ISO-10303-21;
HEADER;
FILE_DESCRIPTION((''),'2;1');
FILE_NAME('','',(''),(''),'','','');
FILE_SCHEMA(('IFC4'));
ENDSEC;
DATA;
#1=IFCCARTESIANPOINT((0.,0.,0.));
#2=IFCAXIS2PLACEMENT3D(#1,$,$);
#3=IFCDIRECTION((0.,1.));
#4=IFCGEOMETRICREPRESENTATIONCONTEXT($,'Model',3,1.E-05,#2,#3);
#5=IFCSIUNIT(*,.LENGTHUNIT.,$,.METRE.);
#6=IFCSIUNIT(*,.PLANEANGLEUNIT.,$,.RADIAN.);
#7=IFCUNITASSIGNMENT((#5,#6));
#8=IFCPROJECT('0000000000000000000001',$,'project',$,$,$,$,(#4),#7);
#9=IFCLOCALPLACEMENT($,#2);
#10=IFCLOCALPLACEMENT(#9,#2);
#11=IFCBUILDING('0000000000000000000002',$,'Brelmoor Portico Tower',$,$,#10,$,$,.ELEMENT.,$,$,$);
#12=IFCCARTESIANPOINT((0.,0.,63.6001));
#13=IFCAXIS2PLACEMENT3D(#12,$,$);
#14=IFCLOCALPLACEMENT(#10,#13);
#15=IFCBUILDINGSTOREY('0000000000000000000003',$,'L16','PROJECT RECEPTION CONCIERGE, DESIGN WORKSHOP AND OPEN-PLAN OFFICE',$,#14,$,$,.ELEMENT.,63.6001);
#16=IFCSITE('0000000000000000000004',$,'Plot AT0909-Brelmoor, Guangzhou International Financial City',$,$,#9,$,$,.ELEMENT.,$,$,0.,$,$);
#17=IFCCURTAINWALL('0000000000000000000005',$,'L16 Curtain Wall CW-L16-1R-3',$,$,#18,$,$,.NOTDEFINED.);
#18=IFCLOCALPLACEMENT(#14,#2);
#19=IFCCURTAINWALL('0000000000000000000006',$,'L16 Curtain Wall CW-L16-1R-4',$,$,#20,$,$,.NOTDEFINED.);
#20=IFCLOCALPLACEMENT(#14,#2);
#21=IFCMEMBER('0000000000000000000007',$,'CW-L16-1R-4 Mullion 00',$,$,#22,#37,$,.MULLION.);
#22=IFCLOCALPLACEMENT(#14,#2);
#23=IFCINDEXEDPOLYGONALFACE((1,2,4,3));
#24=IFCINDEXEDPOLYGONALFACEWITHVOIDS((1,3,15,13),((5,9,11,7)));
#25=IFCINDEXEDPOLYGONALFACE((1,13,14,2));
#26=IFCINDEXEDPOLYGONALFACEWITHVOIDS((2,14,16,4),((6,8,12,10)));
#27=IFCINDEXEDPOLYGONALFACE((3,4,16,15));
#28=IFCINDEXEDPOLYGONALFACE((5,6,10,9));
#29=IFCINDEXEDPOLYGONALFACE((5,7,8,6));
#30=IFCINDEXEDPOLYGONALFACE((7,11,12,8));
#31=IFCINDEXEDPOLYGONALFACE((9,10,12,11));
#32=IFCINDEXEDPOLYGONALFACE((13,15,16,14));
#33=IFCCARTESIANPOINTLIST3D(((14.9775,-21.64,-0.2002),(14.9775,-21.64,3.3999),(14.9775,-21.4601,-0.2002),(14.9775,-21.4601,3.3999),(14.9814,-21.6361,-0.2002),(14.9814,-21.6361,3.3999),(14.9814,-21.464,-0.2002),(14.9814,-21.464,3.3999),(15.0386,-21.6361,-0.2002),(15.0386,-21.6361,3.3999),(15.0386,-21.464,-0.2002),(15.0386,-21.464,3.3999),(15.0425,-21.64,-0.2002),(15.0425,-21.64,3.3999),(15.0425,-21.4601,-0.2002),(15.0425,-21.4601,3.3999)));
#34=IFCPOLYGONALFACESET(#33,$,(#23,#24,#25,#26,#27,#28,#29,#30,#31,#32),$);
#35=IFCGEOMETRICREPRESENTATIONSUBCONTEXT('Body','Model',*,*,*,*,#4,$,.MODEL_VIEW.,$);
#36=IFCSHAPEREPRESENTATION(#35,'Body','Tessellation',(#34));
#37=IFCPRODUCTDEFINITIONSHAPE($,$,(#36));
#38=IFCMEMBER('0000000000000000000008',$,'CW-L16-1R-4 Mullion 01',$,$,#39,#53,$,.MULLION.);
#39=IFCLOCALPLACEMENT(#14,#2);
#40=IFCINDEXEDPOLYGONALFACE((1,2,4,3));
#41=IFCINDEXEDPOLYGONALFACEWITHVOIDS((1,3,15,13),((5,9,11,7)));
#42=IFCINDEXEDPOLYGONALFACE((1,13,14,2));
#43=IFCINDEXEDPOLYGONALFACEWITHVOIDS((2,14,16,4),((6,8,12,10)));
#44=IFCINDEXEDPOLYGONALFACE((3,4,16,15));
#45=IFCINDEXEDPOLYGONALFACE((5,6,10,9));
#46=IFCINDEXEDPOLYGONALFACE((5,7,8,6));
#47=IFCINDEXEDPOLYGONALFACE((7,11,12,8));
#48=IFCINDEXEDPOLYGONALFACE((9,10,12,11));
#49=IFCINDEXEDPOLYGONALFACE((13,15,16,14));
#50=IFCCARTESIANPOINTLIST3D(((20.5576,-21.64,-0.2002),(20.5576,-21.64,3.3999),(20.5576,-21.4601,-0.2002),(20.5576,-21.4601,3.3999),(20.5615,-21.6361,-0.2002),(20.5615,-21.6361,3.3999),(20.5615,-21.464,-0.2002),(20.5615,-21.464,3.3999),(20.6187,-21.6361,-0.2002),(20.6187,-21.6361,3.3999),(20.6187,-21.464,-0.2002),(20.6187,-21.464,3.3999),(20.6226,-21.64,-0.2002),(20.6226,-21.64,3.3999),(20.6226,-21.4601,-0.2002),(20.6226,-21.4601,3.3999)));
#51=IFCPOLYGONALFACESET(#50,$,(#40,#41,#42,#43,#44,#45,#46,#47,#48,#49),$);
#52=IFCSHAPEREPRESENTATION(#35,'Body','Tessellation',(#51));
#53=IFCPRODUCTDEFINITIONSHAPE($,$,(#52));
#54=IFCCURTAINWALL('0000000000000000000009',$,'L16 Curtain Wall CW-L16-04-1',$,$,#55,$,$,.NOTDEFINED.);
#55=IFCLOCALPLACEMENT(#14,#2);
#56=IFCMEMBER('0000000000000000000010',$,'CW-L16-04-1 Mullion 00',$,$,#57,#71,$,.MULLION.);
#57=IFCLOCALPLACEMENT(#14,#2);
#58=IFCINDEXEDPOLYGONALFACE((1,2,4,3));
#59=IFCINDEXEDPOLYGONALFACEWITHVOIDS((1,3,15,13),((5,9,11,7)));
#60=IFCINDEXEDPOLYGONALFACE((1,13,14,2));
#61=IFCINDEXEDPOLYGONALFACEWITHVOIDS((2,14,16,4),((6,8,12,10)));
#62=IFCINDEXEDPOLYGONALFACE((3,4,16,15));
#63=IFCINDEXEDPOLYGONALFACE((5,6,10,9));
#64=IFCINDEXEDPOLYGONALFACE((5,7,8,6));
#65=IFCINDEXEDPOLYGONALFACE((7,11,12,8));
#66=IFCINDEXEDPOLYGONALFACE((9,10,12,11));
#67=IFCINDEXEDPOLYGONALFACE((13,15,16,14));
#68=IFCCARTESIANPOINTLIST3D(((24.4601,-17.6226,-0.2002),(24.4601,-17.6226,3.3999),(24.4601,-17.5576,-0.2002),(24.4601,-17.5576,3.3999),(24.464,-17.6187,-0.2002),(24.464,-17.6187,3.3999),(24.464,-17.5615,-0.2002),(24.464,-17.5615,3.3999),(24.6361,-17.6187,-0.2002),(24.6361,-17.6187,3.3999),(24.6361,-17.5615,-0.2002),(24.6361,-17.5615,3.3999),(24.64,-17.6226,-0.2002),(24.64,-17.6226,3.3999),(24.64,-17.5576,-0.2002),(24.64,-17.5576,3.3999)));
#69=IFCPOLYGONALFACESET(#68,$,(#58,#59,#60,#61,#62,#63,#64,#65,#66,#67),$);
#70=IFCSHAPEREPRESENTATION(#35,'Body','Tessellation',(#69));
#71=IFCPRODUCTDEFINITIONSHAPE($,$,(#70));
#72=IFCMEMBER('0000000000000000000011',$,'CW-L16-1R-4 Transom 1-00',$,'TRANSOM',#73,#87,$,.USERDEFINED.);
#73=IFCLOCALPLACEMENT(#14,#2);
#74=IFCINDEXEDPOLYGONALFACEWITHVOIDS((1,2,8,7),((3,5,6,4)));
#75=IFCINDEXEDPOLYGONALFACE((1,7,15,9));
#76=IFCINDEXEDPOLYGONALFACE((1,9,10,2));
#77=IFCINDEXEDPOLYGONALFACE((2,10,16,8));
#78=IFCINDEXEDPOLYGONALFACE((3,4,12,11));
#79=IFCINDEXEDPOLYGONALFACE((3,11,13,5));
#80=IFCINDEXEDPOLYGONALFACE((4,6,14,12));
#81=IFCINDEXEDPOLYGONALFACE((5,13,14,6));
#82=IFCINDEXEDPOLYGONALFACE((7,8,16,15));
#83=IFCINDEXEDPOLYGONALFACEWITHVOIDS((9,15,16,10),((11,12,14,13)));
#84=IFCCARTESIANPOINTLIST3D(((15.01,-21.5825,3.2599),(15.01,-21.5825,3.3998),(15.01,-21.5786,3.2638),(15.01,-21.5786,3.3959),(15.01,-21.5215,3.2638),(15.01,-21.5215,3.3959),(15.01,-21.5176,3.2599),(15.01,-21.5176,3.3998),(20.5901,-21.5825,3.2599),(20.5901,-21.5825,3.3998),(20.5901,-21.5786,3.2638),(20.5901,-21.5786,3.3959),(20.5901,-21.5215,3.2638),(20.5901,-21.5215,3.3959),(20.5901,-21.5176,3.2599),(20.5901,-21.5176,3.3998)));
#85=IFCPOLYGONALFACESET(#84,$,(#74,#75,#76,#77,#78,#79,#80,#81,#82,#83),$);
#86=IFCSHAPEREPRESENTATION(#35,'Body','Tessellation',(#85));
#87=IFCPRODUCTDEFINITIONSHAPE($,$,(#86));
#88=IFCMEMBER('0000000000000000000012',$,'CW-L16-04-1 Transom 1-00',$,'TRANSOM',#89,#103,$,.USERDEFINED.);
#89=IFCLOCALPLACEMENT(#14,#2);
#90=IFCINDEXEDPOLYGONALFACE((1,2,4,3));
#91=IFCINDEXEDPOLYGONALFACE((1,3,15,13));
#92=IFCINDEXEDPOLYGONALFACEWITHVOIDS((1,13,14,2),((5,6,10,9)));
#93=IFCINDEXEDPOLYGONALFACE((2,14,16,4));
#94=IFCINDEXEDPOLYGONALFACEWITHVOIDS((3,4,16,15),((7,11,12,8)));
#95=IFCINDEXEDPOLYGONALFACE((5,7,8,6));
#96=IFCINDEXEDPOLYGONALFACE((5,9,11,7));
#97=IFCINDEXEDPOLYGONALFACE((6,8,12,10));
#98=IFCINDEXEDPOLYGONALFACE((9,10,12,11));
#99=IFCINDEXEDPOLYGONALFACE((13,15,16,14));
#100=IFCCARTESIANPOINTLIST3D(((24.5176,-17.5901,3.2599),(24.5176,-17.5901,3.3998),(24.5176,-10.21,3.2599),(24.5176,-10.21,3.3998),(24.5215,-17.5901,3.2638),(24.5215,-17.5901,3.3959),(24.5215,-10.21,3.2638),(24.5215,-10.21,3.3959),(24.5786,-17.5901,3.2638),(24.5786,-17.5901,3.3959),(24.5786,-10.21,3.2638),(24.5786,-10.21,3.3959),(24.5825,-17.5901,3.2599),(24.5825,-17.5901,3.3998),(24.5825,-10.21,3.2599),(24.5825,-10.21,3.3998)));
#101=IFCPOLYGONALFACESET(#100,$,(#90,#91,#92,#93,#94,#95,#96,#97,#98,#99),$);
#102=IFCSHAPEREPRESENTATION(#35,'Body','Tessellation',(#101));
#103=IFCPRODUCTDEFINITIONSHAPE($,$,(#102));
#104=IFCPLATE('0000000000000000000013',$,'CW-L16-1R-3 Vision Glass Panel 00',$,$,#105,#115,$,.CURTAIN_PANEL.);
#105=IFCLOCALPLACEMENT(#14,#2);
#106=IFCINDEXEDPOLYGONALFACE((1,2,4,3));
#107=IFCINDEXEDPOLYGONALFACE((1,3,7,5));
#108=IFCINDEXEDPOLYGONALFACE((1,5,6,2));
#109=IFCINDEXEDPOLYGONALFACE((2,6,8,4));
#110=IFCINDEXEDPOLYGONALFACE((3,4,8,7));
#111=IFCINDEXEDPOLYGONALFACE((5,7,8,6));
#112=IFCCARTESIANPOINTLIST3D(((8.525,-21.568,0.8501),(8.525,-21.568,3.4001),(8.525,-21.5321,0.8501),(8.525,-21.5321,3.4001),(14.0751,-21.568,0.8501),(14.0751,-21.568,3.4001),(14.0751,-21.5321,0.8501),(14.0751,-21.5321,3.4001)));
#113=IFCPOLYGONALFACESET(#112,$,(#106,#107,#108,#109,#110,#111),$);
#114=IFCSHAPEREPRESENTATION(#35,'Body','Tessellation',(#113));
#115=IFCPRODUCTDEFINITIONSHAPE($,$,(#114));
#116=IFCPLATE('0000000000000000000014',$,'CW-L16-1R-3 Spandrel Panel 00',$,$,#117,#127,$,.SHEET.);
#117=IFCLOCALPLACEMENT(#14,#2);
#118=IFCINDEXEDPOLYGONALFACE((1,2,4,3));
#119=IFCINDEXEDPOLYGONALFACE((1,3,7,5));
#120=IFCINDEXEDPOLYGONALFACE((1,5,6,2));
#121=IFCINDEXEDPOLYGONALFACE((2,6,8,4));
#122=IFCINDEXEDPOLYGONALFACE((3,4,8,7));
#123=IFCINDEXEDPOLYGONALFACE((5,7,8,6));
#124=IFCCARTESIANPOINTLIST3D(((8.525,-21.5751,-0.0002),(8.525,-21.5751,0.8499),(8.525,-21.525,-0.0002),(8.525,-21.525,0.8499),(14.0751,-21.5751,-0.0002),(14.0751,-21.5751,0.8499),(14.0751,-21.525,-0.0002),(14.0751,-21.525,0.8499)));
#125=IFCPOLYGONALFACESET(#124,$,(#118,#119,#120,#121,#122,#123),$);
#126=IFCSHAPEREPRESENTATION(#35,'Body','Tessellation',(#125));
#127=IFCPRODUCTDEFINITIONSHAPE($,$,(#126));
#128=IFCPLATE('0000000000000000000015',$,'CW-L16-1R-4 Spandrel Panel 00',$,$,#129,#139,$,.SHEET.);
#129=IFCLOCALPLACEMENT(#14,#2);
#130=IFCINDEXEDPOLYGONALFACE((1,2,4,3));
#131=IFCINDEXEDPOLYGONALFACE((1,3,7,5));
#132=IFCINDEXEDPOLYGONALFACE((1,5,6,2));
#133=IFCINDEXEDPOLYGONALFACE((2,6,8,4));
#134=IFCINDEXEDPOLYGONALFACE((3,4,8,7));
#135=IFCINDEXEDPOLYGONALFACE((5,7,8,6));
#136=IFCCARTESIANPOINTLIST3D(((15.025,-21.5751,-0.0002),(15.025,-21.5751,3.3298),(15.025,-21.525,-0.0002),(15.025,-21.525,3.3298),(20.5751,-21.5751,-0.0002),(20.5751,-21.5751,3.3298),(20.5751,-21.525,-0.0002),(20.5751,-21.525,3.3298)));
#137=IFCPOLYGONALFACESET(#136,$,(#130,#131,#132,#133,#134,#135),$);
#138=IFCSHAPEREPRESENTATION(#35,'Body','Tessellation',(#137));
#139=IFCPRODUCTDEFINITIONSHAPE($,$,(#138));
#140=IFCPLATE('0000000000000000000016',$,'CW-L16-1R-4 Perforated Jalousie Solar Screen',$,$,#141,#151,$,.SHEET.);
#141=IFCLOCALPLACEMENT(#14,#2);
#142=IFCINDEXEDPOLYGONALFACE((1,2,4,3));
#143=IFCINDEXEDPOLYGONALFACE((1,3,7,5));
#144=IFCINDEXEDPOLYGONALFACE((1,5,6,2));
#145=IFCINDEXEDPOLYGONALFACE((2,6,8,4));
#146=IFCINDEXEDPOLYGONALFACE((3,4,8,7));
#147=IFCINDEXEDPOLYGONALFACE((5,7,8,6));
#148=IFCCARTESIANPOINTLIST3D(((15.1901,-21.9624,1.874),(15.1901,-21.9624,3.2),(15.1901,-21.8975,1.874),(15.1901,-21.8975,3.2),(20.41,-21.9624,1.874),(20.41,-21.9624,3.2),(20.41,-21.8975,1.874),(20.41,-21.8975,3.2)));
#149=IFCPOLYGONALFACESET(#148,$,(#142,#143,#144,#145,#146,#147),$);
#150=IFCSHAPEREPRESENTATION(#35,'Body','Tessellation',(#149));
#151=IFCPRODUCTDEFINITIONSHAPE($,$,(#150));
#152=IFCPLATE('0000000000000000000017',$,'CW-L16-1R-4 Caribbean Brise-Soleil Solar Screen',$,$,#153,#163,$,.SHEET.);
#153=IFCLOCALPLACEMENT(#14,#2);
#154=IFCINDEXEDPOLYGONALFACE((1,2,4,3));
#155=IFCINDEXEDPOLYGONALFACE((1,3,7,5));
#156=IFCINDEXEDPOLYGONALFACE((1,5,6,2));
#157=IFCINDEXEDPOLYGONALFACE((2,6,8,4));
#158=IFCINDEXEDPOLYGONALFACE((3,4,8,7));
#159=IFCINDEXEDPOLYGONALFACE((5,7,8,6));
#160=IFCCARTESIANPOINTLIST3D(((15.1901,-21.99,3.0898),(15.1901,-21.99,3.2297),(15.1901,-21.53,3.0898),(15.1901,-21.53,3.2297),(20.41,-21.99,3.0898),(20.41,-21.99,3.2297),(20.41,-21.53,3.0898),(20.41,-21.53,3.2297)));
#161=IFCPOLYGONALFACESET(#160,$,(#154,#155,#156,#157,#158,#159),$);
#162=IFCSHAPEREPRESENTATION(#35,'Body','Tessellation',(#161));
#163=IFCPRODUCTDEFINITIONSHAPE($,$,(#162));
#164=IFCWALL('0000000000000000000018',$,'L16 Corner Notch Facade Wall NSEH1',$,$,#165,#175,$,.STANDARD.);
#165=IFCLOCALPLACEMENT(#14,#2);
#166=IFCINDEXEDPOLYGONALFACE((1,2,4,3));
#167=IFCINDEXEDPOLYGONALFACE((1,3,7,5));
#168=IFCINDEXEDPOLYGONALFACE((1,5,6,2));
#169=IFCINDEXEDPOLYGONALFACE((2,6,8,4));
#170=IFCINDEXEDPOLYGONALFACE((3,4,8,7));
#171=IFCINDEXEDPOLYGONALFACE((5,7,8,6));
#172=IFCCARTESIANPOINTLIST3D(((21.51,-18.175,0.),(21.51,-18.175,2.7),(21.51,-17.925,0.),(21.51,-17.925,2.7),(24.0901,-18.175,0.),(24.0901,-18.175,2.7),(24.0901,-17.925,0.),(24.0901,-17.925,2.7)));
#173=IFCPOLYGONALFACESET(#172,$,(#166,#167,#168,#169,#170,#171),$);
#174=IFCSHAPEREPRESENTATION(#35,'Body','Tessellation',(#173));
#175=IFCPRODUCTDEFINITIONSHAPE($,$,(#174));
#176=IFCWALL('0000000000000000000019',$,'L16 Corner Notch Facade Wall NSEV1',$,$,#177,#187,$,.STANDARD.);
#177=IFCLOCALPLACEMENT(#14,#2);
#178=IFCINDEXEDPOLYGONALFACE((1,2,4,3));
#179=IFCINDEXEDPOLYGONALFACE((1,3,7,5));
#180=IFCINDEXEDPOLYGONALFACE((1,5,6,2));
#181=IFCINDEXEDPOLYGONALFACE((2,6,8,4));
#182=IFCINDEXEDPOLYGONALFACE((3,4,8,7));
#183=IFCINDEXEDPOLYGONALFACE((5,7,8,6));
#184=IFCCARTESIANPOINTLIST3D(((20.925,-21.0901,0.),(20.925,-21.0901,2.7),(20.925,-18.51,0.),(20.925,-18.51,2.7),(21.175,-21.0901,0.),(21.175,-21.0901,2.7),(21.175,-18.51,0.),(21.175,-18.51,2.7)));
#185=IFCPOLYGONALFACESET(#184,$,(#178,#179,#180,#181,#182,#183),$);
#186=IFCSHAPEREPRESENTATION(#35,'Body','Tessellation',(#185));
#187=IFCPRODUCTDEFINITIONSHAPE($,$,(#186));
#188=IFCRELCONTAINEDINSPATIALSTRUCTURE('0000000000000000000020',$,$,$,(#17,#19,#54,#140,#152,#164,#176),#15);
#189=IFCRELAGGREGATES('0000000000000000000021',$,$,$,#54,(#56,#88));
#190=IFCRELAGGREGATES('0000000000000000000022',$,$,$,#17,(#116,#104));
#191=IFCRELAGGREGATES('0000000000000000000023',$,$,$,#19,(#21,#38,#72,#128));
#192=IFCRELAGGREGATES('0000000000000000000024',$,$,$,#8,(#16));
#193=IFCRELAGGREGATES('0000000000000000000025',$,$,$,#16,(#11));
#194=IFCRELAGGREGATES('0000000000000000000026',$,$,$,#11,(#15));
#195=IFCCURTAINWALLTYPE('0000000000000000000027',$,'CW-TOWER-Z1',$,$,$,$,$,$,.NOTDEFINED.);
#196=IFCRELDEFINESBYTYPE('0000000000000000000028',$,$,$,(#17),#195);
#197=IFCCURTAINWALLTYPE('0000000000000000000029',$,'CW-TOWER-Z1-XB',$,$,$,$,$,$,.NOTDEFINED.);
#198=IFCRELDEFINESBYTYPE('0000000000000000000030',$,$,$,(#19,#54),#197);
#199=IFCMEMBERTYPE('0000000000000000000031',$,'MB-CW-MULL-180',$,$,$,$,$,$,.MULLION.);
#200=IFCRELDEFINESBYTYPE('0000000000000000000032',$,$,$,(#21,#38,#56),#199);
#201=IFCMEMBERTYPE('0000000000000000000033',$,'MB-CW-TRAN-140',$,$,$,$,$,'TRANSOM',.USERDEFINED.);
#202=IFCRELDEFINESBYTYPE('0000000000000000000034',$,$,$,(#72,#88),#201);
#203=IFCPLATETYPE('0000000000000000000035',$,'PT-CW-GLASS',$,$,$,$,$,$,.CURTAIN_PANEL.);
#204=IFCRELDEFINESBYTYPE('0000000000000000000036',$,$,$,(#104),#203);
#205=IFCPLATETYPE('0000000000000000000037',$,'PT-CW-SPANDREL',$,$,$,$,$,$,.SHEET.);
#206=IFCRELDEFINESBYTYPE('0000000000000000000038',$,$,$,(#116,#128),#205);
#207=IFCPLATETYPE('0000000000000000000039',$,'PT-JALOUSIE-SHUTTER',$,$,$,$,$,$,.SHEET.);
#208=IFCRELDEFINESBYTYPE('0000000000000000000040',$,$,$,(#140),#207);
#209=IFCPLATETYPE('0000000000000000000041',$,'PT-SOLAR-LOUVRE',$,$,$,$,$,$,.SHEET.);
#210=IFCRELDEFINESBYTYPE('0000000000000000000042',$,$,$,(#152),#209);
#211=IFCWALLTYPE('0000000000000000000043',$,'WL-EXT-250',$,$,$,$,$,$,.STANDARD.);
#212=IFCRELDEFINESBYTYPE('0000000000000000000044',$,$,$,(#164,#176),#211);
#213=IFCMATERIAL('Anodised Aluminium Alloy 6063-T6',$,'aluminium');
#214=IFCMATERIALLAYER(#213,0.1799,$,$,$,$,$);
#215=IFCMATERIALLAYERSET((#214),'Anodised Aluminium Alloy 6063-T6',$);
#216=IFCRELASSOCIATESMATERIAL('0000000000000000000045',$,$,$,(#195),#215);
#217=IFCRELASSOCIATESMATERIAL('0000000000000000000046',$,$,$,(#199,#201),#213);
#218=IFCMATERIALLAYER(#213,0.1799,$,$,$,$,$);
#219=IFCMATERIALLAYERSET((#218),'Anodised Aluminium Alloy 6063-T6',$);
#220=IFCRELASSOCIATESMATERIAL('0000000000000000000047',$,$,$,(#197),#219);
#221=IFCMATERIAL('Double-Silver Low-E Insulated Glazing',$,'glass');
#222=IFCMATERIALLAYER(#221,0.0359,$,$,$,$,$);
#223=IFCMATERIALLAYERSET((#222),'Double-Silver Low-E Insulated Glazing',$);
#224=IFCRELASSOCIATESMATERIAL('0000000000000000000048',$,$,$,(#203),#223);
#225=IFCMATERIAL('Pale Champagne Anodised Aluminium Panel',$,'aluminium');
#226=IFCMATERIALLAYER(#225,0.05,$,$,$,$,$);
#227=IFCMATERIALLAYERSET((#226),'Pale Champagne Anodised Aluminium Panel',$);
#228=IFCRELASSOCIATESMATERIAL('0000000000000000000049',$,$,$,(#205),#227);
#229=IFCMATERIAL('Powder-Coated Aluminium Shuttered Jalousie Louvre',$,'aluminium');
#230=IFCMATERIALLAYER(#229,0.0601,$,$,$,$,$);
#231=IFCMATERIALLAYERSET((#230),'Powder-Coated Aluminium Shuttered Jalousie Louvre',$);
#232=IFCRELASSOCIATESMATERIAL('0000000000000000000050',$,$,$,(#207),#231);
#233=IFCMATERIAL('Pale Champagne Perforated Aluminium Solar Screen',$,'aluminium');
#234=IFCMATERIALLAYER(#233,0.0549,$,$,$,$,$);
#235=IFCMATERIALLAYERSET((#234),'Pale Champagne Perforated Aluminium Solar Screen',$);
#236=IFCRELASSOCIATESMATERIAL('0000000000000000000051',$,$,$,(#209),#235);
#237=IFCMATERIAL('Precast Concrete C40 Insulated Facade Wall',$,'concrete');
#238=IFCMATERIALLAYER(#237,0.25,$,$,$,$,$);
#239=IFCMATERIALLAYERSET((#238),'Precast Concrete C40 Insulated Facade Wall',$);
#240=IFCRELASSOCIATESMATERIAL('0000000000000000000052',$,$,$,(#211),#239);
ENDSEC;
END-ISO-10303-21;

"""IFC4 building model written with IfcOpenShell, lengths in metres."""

from ifc_helpers import new_model, si_unit, direction, frame, frame_2d, origin, origin_2d, place, context, subcontext, project, spatial, rectangle, hollow_rectangle, extrude, material, layer, layer_set, material_profile, profile_set, type_object, element, aggregate, save


model = new_model("IFC4")

# Units and contexts
model_context = context("Model", 3, precision=1e-05, world=origin(), true_north=direction((0.0, 1.0)))
body_context = subcontext(model_context, "Body", "Model", "MODEL_VIEW")
ifc_project = project(units=[si_unit("LENGTHUNIT", "METRE"), si_unit("PLANEANGLEUNIT", "RADIAN")], contexts=[model_context])

# Site, building, storey
site_placement = place(None, origin())
site = spatial("IfcSite", under=ifc_project, at=site_placement, Name="Plot AT0909-Brelmoor, Guangzhou International Financial City", CompositionType="ELEMENT", RefElevation=0.0)
building_placement = place(site_placement, origin())
building = spatial("IfcBuilding", under=site, at=building_placement, Name="Brelmoor Portico Tower", CompositionType="ELEMENT")
storey_placement = place(building_placement, frame((0.0, 0.0, 63.6001)))
storey = spatial("IfcBuildingStorey", under=building, at=storey_placement, Name="L16", Description="PROJECT RECEPTION CONCIERGE, DESIGN WORKSHOP AND OPEN-PLAN OFFICE", CompositionType="ELEMENT", Elevation=63.6001)

# Curtain wall
ifc_material_1 = material(Name="Anodised Aluminium Alloy 6063-T6", Category="aluminium")
ifc_layer_1 = layer(ifc_material_1, 0.1799)
ifc_layer_set_1 = layer_set([ifc_layer_1], Name="Anodised Aluminium Alloy 6063-T6")
curtain_wall_type_1 = type_object("IfcCurtainWallType", Name="CW-TOWER-Z1", PredefinedType="NOTDEFINED", material=ifc_layer_set_1)
curtain_wall_1_placement = place(storey_placement, origin())
curtain_wall_1 = element("IfcCurtainWall", 1, at=curtain_wall_1_placement, inside=storey, type_object=curtain_wall_type_1, Name="L16 Curtain Wall CW-L16-1R-3", PredefinedType="NOTDEFINED")
ifc_material_profile_1 = material_profile(ifc_material_1, hollow_rectangle(XDim=0.0649, YDim=0.1799, WallThickness=0.0039, at=origin_2d()), Name="ALU MULLION 65x180")
ifc_profile_set_1 = profile_set([ifc_material_profile_1], Name="Anodised Aluminium Alloy 6063-T6")
member_type_1 = type_object("IfcMemberType", Name="MB-CW-MULL-180", PredefinedType="MULLION", material=ifc_profile_set_1)

# Curtain wall, members
ifc_layer_2 = layer(ifc_material_1, 0.1799)
ifc_layer_set_2 = layer_set([ifc_layer_2], Name="Anodised Aluminium Alloy 6063-T6")
curtain_wall_type_2 = type_object("IfcCurtainWallType", Name="CW-TOWER-Z1-XB", PredefinedType="NOTDEFINED", material=ifc_layer_set_2)
curtain_wall_2_placement = place(storey_placement, origin())
curtain_wall_2 = element("IfcCurtainWall", 2, at=curtain_wall_2_placement, inside=storey, type_object=curtain_wall_type_2, Name="L16 Curtain Wall CW-L16-1R-4", PredefinedType="NOTDEFINED")
member_1_placement = place(storey_placement, frame((15.01, -21.55, -0.2002), z_axis=(0.0, 0.0, 1.0), x_axis=(1.0, 0.0, 0.0)))
member_1 = element("IfcMember", 3, at=member_1_placement, type_object=member_type_1, Name="CW-L16-1R-4 Mullion 00", PredefinedType="MULLION", context=body_context, shape_type="SweptSolid", body=[
    extrude(hollow_rectangle(XDim=0.0649, YDim=0.1799, WallThickness=0.0039, at=origin_2d()), origin(), (0.0, 0.0, 1.0), 3.6001),
])
member_2_placement = place(storey_placement, frame((20.5901, -21.55, -0.2002), z_axis=(0.0, 0.0, 1.0), x_axis=(1.0, 0.0, 0.0)))
member_2 = element("IfcMember", 4, at=member_2_placement, type_object=member_type_1, Name="CW-L16-1R-4 Mullion 01", PredefinedType="MULLION", context=body_context, shape_type="SweptSolid", body=[
    extrude(hollow_rectangle(XDim=0.0649, YDim=0.1799, WallThickness=0.0039, at=origin_2d()), origin(), (0.0, 0.0, 1.0), 3.6001),
])

# Curtain wall, member
curtain_wall_3_placement = place(storey_placement, origin())
curtain_wall_3 = element("IfcCurtainWall", 5, at=curtain_wall_3_placement, inside=storey, type_object=curtain_wall_type_2, Name="L16 Curtain Wall CW-L16-04-1", PredefinedType="NOTDEFINED")
member_3_placement = place(storey_placement, frame((24.55, -17.5901, -0.2002), z_axis=(0.0, 0.0, 1.0), x_axis=(0.0, 1.0, 0.0)))
member_3 = element("IfcMember", 6, at=member_3_placement, type_object=member_type_1, Name="CW-L16-04-1 Mullion 00", PredefinedType="MULLION", context=body_context, shape_type="SweptSolid", body=[
    extrude(hollow_rectangle(XDim=0.0649, YDim=0.1799, WallThickness=0.0039, at=origin_2d()), origin(), (0.0, 0.0, 1.0), 3.6001),
])

# Members
ifc_material_profile_2 = material_profile(ifc_material_1, hollow_rectangle(XDim=0.0649, YDim=0.1399, WallThickness=0.0039, at=origin_2d()), Name="ALU TRANSOM 65x140")
ifc_profile_set_2 = profile_set([ifc_material_profile_2], Name="Anodised Aluminium Alloy 6063-T6")
member_type_2 = type_object("IfcMemberType", Name="MB-CW-TRAN-140", ElementType="TRANSOM", PredefinedType="USERDEFINED", material=ifc_profile_set_2)
member_4_placement = place(storey_placement, frame((15.01, -21.55, 3.3298), z_axis=(1.0, 0.0, 0.0), x_axis=(0.0, 1.0, 0.0)))
member_4 = element("IfcMember", 7, at=member_4_placement, type_object=member_type_2, Name="CW-L16-1R-4 Transom 1-00", ObjectType="TRANSOM", PredefinedType="USERDEFINED", context=body_context, shape_type="SweptSolid", body=[
    extrude(hollow_rectangle(XDim=0.0649, YDim=0.1399, WallThickness=0.0039, at=origin_2d()), origin(), (0.0, 0.0, 1.0), 5.5801),
])
member_5_placement = place(storey_placement, frame((24.55, -17.5901, 3.3298), z_axis=(0.0, 1.0, 0.0), x_axis=(-1.0, 0.0, 0.0)))
member_5 = element("IfcMember", 8, at=member_5_placement, type_object=member_type_2, Name="CW-L16-04-1 Transom 1-00", ObjectType="TRANSOM", PredefinedType="USERDEFINED", context=body_context, shape_type="SweptSolid", body=[
    extrude(hollow_rectangle(XDim=0.0649, YDim=0.1399, WallThickness=0.0039, at=origin_2d()), origin(), (0.0, 0.0, 1.0), 7.3801),
])
aggregate(curtain_wall_3, [member_3, member_5])

# Plates
ifc_material_2 = material(Name="Double-Silver Low-E Insulated Glazing", Category="glass")
ifc_layer_3 = layer(ifc_material_2, 0.0359)
ifc_layer_set_3 = layer_set([ifc_layer_3], Name="Double-Silver Low-E Insulated Glazing")
plate_type_1 = type_object("IfcPlateType", Name="PT-CW-GLASS", PredefinedType="CURTAIN_PANEL", material=ifc_layer_set_3)
plate_1_placement = place(storey_placement, frame((11.3, -21.55, 0.8501), z_axis=(0.0, 0.0, 1.0), x_axis=(1.0, 0.0, 0.0)))
plate_1 = element("IfcPlate", 9, at=plate_1_placement, type_object=plate_type_1, Name="CW-L16-1R-3 Vision Glass Panel 00", PredefinedType="CURTAIN_PANEL", context=body_context, shape_type="SweptSolid", body=[
    extrude(rectangle(XDim=5.55, YDim=0.0359, at=origin_2d()), origin(), (0.0, 0.0, 1.0), 2.55),
])
ifc_material_3 = material(Name="Pale Champagne Anodised Aluminium Panel", Category="aluminium")
ifc_layer_4 = layer(ifc_material_3, 0.05)
ifc_layer_set_4 = layer_set([ifc_layer_4], Name="Pale Champagne Anodised Aluminium Panel")
plate_type_2 = type_object("IfcPlateType", Name="PT-CW-SPANDREL", PredefinedType="SHEET", material=ifc_layer_set_4)
plate_2_placement = place(storey_placement, frame((11.3, -21.55, -0.0002), z_axis=(0.0, 0.0, 1.0), x_axis=(1.0, 0.0, 0.0)))
plate_2 = element("IfcPlate", 10, at=plate_2_placement, type_object=plate_type_2, Name="CW-L16-1R-3 Spandrel Panel 00", PredefinedType="SHEET", context=body_context, shape_type="SweptSolid", body=[
    extrude(rectangle(XDim=5.55, YDim=0.05, at=origin_2d()), origin(), (0.0, 0.0, 1.0), 0.8501),
])
aggregate(curtain_wall_1, [plate_2, plate_1])
plate_3_placement = place(storey_placement, frame((17.8, -21.55, -0.0002), z_axis=(0.0, 0.0, 1.0), x_axis=(1.0, 0.0, 0.0)))
plate_3 = element("IfcPlate", 11, at=plate_3_placement, type_object=plate_type_2, Name="CW-L16-1R-4 Spandrel Panel 00", PredefinedType="SHEET", context=body_context, shape_type="SweptSolid", body=[
    extrude(rectangle(XDim=5.55, YDim=0.05, at=origin_2d()), origin(), (0.0, 0.0, 1.0), 3.3301),
])
aggregate(curtain_wall_2, [member_1, member_2, member_4, plate_3])

# Plates
ifc_material_4 = material(Name="Powder-Coated Aluminium Shuttered Jalousie Louvre", Category="aluminium")
ifc_layer_5 = layer(ifc_material_4, 0.0601)
ifc_layer_set_5 = layer_set([ifc_layer_5], Name="Powder-Coated Aluminium Shuttered Jalousie Louvre")
plate_type_3 = type_object("IfcPlateType", Name="PT-JALOUSIE-SHUTTER", PredefinedType="SHEET", material=ifc_layer_set_5)
plate_4_placement = place(storey_placement, frame((17.8, -21.9299, 1.874), z_axis=(0.0, 0.0, 1.0), x_axis=(1.0, 0.0, 0.0)))
element("IfcPlate", 12, at=plate_4_placement, inside=storey, type_object=plate_type_3, Name="CW-L16-1R-4 Perforated Jalousie Solar Screen", PredefinedType="SHEET", context=body_context, shape_type="SweptSolid", body=[
    extrude(rectangle(XDim=5.22, YDim=0.0649, at=origin_2d()), origin(), (0.0, 0.0, 1.0), 1.3259),
])
ifc_material_5 = material(Name="Pale Champagne Perforated Aluminium Solar Screen", Category="aluminium")
ifc_layer_6 = layer(ifc_material_5, 0.0549)
ifc_layer_set_6 = layer_set([ifc_layer_6], Name="Pale Champagne Perforated Aluminium Solar Screen")
plate_type_4 = type_object("IfcPlateType", Name="PT-SOLAR-LOUVRE", PredefinedType="SHEET", material=ifc_layer_set_6)
plate_5_placement = place(storey_placement, frame((17.8, -21.76, 3.0898), z_axis=(0.0, 0.0, 1.0), x_axis=(1.0, 0.0, 0.0)))
element("IfcPlate", 13, at=plate_5_placement, inside=storey, type_object=plate_type_4, Name="CW-L16-1R-4 Caribbean Brise-Soleil Solar Screen", PredefinedType="SHEET", context=body_context, shape_type="SweptSolid", body=[
    extrude(rectangle(XDim=5.22, YDim=0.46, at=origin_2d()), origin(), (0.0, 0.0, 1.0), 0.1399),
])

# Walls
ifc_material_6 = material(Name="Precast Concrete C40 Insulated Facade Wall", Category="concrete")
ifc_layer_7 = layer(ifc_material_6, 0.25)
ifc_layer_set_7 = layer_set([ifc_layer_7], Name="Precast Concrete C40 Insulated Facade Wall")
wall_type_1 = type_object("IfcWallType", Name="WL-EXT-250", PredefinedType="STANDARD", material=ifc_layer_set_7)
for number, where, z_axis, x_axis, name in (
    (14, (21.51, -18.05, 0.0), (0.0, 0.0, 1.0), (1.0, 0.0, 0.0), "L16 Corner Notch Facade Wall NSEH1"),
    (15, (21.05, -21.0901, 0.0), (0.0, 0.0, 1.0), (0.0, 1.0, 0.0), "L16 Corner Notch Facade Wall NSEV1"),
):
    element("IfcWall", number, at=place(storey_placement, frame(where, z_axis=z_axis, x_axis=x_axis)), inside=storey, type_object=wall_type_1, Name=name, PredefinedType="STANDARD", context=body_context, shape_type="SweptSolid", body=[
        extrude(rectangle(XDim=2.5801, YDim=0.25, at=frame_2d((1.29, 0.0))), origin(), (0.0, 0.0, 1.0), 2.7),
    ])

save(model, "model.ifc")
